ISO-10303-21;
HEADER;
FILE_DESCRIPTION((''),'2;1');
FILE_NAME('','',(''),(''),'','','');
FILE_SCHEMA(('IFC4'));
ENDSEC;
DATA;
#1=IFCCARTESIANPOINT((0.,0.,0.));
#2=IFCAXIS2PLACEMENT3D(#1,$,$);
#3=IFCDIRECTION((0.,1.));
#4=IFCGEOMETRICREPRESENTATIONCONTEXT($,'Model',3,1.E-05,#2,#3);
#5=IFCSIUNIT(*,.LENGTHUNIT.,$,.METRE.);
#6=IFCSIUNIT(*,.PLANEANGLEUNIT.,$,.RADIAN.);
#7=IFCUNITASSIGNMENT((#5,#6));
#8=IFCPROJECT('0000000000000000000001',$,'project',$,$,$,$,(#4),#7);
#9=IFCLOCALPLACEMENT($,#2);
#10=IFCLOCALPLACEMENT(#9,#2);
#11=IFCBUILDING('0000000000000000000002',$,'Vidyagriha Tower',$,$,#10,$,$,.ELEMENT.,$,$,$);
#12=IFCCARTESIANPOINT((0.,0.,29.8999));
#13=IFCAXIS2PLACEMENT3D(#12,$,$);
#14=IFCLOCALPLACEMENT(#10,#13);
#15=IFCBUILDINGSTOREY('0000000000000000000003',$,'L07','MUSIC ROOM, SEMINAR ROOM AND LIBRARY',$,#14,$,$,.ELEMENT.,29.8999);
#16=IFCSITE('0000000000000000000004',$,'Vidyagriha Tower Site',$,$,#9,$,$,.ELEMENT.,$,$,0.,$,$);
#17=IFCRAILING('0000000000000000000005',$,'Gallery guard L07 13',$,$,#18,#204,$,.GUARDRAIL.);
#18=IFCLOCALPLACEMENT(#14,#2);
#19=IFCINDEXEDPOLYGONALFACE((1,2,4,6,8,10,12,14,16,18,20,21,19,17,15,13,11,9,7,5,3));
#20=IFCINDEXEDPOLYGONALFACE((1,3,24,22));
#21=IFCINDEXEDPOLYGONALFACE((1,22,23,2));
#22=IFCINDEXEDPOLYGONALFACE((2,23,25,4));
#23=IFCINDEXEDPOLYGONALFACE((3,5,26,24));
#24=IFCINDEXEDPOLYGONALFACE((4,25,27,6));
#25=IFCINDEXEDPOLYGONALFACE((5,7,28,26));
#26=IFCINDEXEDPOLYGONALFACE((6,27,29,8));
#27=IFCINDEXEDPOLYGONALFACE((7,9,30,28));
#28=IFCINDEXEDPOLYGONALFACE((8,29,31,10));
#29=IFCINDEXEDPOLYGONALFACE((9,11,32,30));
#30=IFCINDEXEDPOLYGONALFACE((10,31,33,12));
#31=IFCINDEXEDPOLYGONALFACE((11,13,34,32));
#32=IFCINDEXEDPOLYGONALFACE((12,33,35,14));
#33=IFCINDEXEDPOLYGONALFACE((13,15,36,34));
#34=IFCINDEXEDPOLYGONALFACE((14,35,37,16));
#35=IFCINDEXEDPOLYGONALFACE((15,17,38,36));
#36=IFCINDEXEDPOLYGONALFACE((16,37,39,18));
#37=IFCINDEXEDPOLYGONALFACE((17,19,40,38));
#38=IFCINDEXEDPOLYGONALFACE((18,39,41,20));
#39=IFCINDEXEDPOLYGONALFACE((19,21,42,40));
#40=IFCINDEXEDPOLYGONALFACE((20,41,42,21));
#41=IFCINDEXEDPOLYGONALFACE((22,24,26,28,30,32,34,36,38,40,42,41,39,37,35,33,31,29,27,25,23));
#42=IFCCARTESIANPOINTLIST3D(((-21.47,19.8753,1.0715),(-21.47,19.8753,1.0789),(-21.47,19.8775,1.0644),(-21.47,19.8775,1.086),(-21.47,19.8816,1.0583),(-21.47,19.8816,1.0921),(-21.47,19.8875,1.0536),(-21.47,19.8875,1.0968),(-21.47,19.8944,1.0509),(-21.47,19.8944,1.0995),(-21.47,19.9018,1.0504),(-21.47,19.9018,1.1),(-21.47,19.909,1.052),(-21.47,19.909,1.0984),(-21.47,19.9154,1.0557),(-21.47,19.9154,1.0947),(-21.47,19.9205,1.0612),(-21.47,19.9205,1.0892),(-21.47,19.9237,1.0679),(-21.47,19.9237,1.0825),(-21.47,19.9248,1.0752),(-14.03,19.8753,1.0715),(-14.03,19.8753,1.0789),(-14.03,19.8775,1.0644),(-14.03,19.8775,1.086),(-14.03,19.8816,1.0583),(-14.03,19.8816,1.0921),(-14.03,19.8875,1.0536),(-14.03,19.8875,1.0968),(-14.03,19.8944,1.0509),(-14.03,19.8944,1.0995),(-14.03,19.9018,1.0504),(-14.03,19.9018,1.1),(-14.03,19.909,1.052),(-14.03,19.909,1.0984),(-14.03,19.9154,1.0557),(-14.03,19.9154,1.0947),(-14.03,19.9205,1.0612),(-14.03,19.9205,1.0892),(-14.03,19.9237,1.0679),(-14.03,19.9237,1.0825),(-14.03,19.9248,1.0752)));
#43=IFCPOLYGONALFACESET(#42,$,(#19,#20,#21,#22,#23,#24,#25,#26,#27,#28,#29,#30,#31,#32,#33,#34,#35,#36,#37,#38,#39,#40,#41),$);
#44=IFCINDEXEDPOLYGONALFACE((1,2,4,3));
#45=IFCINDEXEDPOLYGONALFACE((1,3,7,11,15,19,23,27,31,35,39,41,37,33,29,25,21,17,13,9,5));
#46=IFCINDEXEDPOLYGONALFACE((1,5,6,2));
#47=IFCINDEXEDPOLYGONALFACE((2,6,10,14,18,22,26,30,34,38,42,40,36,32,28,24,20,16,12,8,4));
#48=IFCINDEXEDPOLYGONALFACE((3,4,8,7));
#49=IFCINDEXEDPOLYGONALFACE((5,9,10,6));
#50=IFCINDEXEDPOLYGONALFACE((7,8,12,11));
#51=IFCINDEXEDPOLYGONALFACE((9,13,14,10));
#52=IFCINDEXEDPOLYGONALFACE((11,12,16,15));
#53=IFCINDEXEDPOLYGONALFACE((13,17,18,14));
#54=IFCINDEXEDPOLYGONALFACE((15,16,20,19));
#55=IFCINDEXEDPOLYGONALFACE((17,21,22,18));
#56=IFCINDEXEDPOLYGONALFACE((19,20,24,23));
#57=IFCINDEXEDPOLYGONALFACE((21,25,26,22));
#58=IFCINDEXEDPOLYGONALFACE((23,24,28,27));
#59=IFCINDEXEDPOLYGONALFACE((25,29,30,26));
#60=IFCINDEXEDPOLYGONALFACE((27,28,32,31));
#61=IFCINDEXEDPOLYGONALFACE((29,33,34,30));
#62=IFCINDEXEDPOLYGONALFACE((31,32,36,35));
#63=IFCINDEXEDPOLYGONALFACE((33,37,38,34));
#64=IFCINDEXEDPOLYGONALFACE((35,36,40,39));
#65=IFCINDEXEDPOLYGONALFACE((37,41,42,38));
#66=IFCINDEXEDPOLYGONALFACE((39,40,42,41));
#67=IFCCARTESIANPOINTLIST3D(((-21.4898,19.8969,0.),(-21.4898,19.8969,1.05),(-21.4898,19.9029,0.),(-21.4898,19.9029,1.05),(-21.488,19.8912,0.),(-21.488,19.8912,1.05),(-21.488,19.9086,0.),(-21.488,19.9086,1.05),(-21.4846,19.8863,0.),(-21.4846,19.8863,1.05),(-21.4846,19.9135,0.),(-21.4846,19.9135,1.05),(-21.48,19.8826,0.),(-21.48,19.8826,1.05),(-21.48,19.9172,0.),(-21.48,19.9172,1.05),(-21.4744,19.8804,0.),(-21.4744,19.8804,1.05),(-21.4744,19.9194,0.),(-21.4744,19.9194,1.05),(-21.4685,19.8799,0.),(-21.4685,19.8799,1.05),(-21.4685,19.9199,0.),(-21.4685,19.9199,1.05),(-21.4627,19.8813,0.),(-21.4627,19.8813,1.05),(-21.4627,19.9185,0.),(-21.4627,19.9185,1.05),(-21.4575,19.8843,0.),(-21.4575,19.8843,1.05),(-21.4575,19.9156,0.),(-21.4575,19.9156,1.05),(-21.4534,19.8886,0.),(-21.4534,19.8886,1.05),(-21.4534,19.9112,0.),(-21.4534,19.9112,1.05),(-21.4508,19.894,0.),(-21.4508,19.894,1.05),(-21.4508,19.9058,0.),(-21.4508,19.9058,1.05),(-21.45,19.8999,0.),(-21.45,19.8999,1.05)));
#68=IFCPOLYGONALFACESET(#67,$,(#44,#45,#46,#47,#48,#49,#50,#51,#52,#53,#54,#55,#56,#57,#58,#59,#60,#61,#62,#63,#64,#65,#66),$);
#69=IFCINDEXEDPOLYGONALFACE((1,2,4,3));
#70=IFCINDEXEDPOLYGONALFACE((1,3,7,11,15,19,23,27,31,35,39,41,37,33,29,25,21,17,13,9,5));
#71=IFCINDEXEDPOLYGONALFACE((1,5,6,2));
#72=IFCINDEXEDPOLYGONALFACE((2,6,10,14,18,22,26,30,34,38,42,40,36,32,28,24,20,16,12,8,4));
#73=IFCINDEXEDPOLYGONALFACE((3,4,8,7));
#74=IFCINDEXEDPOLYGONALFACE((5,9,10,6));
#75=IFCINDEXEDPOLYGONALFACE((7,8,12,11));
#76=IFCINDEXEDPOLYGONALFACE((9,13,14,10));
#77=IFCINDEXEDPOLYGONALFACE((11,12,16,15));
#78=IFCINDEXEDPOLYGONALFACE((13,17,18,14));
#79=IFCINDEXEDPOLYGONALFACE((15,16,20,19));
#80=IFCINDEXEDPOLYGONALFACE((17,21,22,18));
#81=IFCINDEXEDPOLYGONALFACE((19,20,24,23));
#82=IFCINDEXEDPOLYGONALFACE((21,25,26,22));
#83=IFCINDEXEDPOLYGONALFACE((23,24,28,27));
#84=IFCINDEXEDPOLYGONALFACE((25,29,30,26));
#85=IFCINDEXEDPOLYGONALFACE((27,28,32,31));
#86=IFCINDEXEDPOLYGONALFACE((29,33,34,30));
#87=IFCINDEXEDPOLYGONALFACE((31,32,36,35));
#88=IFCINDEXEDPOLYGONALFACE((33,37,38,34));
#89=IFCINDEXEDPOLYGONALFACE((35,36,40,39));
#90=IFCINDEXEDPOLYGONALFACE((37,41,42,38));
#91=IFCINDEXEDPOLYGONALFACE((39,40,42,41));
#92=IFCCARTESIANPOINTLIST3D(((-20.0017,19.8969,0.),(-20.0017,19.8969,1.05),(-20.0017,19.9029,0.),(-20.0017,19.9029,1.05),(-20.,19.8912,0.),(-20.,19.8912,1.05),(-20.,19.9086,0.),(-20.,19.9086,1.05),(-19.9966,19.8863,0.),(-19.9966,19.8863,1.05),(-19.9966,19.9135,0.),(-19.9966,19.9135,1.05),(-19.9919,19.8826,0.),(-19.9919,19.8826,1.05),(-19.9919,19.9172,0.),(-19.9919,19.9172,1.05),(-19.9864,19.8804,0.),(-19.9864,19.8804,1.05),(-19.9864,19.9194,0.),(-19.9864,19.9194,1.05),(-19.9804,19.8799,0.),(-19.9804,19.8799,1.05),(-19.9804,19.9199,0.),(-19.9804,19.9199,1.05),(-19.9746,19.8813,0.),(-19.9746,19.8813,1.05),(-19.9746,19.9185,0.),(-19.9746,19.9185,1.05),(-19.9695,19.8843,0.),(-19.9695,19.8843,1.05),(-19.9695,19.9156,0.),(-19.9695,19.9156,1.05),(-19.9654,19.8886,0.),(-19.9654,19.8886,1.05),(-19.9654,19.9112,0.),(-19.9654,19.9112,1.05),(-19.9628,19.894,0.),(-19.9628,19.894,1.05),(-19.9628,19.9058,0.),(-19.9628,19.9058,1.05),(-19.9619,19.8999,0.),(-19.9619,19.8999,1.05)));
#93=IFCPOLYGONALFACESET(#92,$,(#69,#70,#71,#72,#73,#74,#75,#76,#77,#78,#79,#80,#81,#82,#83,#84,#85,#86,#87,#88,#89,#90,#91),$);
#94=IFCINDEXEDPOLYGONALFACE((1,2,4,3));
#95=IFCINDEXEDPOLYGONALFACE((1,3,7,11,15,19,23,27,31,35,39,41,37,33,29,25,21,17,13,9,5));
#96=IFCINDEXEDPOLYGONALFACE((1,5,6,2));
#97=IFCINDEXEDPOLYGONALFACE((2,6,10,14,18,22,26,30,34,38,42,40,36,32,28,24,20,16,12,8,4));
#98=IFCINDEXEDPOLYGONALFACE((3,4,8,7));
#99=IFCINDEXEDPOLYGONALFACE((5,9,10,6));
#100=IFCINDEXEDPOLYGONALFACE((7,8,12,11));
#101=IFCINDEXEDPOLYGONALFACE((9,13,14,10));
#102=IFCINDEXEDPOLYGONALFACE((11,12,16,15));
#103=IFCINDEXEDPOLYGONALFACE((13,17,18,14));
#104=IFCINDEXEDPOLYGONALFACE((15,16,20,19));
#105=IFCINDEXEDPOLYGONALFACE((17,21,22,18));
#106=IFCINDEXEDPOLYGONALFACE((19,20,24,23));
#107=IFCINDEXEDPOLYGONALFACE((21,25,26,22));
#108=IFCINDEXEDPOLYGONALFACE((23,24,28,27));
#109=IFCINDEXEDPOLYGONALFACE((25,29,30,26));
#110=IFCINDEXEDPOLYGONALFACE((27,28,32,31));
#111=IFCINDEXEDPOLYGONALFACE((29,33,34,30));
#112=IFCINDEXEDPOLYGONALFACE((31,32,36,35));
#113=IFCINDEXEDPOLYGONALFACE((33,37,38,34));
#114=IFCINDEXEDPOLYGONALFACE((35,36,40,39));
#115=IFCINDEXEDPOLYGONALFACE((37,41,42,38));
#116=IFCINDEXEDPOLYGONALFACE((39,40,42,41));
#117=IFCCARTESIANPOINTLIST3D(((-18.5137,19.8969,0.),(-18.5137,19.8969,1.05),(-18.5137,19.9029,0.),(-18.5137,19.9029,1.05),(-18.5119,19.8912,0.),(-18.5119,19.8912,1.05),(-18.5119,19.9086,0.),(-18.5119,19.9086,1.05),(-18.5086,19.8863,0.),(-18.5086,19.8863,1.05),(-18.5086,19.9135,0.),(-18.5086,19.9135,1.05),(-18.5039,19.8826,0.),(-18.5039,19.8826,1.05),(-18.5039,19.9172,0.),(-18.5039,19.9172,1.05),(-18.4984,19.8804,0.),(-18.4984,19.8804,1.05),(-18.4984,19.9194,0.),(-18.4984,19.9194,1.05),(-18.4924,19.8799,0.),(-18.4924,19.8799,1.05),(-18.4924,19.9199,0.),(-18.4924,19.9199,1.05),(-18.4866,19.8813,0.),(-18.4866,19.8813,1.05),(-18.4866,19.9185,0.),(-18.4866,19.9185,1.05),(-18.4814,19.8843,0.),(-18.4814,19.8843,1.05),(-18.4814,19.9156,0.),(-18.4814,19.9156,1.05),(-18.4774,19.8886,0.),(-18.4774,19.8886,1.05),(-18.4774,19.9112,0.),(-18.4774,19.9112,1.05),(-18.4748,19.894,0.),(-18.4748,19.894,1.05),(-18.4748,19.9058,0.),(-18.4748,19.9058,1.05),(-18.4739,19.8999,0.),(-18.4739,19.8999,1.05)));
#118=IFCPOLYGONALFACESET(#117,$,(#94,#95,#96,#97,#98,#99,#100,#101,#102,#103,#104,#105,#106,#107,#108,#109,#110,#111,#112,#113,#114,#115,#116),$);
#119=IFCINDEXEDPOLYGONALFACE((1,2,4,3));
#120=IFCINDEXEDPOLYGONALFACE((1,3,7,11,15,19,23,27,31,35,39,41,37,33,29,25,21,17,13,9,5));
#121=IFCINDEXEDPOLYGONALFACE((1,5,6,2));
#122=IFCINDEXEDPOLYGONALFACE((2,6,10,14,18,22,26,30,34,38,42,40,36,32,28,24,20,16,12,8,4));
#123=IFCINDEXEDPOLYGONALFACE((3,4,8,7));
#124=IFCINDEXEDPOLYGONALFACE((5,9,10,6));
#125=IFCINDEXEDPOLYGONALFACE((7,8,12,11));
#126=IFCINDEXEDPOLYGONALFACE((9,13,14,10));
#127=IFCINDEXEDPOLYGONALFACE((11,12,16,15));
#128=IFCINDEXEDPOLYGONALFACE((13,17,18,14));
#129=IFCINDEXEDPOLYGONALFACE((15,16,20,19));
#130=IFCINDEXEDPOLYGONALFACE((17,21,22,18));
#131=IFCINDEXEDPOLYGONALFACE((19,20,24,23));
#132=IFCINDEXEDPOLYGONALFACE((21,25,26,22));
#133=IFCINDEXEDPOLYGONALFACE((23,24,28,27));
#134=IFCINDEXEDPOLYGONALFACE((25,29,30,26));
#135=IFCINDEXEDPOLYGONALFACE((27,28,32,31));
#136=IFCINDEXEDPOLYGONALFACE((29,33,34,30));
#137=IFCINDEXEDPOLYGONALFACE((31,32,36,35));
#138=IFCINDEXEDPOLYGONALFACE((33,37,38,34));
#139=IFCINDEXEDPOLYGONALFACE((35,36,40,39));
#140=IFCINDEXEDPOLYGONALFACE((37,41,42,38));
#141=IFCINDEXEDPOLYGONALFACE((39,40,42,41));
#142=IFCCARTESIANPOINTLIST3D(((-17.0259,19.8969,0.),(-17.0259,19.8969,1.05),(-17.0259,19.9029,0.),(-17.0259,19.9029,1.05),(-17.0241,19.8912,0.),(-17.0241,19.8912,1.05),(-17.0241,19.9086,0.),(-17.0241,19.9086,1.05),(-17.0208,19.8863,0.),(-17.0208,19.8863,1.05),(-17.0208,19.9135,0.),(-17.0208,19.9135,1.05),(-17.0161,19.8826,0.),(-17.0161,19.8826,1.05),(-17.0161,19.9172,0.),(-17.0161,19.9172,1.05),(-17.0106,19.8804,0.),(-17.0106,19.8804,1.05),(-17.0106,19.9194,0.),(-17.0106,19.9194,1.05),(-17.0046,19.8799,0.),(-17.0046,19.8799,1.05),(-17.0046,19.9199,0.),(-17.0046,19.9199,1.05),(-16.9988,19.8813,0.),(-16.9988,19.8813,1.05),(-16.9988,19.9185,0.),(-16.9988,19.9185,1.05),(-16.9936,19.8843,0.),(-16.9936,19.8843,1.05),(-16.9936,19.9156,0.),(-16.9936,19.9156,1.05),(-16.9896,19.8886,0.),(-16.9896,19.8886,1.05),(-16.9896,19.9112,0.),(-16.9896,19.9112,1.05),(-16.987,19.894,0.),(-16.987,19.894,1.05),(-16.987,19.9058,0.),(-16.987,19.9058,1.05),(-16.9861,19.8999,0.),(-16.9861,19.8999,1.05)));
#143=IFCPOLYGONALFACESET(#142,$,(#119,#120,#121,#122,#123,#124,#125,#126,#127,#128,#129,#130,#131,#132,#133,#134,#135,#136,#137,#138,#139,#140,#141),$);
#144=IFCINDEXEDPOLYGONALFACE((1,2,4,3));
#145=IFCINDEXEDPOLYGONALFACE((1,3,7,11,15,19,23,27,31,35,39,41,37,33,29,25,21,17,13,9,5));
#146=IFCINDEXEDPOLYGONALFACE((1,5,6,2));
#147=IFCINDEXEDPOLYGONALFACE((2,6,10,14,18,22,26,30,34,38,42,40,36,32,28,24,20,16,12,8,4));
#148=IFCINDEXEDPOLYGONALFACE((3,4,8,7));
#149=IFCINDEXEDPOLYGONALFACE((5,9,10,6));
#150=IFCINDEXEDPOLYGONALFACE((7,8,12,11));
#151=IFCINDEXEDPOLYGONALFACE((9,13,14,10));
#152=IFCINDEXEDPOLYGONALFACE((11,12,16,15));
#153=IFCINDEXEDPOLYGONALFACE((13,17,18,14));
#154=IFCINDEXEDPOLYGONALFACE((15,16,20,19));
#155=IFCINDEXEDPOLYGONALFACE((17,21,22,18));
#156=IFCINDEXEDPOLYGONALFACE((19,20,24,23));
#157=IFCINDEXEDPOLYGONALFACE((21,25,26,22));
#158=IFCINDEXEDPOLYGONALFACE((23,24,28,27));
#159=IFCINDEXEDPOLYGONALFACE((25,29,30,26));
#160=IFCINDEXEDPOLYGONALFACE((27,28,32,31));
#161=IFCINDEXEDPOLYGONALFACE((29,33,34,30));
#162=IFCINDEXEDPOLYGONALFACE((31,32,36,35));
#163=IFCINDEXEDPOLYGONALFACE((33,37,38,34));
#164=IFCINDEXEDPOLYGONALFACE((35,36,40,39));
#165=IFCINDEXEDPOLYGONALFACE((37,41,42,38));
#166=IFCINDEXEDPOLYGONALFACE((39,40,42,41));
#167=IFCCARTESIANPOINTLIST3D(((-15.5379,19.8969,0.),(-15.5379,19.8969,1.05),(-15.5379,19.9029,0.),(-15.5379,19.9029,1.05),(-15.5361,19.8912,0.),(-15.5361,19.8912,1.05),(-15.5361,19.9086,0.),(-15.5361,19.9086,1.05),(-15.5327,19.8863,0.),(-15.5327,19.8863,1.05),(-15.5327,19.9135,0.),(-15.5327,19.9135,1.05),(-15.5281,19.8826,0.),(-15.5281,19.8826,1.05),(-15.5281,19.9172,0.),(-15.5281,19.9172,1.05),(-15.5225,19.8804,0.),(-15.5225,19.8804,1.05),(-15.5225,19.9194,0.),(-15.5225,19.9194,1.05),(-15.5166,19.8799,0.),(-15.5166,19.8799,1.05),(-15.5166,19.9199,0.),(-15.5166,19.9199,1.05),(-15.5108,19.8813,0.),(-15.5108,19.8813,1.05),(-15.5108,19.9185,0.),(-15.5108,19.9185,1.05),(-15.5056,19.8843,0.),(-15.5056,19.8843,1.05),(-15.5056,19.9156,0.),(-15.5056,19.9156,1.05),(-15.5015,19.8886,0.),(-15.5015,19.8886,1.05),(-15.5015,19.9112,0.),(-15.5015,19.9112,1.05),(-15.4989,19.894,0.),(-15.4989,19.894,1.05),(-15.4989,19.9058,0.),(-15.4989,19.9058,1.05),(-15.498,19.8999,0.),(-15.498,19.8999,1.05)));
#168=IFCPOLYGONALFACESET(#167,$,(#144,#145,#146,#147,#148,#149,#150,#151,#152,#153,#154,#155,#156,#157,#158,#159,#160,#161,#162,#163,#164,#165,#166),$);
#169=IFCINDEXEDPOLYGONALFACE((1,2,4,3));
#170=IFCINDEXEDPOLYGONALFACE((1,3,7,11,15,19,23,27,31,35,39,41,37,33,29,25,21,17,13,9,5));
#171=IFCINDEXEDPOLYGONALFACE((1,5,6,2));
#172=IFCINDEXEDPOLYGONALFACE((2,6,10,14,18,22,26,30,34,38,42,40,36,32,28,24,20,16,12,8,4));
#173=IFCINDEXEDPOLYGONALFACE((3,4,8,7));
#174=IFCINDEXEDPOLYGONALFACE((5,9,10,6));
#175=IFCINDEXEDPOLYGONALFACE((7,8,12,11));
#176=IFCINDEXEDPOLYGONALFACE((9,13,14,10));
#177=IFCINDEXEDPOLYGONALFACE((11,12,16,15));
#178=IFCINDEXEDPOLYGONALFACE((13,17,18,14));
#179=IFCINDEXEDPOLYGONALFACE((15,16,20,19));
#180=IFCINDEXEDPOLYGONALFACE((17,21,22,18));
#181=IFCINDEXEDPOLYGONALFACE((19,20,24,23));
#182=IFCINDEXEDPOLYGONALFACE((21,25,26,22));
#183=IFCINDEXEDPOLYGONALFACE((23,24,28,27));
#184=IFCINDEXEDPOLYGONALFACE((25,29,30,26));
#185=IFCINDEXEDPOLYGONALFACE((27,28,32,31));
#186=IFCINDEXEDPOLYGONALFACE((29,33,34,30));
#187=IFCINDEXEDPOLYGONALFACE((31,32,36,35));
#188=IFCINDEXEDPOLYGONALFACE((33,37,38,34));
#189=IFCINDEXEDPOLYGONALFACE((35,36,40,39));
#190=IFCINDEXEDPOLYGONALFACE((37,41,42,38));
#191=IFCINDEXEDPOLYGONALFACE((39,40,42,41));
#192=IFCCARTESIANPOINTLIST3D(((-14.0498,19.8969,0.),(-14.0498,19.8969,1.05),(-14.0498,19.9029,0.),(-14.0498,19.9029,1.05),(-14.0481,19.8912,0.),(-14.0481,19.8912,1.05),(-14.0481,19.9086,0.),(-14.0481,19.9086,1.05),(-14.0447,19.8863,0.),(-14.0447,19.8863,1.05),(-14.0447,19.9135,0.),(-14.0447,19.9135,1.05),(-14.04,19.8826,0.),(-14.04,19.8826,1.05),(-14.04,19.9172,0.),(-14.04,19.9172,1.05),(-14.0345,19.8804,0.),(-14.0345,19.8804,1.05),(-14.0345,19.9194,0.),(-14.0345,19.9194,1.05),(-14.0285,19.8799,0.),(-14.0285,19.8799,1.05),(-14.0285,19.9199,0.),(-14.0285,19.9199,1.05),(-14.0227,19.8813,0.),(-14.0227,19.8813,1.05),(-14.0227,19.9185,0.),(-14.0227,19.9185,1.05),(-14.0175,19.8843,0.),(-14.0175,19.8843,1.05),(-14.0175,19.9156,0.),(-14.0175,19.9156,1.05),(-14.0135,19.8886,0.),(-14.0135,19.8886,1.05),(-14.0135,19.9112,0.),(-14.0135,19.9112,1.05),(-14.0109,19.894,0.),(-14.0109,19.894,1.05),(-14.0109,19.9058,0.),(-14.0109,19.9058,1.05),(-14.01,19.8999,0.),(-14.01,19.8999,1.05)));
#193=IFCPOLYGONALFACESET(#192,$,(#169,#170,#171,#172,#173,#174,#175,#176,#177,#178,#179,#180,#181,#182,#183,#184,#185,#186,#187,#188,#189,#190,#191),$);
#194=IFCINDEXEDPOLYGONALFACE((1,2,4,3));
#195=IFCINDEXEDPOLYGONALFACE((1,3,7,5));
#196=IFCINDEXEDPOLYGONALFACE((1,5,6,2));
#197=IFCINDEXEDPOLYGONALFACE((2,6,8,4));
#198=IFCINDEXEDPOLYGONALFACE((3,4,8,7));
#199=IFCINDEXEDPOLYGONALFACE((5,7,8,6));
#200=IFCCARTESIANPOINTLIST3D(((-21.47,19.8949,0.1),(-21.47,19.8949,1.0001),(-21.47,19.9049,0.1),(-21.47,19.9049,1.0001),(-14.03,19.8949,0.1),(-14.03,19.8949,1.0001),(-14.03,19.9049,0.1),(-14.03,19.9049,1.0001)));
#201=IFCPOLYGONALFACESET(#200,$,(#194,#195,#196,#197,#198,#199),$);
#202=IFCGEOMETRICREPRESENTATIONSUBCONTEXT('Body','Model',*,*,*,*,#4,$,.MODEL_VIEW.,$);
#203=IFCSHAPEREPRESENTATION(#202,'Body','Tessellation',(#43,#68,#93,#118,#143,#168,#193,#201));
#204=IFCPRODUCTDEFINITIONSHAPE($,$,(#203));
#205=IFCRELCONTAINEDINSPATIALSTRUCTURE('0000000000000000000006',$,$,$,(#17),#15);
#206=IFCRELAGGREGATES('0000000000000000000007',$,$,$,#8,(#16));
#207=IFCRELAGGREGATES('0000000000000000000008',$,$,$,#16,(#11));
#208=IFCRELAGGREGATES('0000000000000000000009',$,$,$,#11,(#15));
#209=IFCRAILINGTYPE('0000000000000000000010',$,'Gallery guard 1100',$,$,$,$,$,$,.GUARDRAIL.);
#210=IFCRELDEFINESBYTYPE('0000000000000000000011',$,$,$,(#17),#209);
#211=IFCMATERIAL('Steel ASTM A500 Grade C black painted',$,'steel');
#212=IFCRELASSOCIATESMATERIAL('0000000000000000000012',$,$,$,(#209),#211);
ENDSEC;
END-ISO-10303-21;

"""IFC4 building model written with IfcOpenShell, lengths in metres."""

from ifc_helpers import new_model, si_unit, direction, frame, origin, origin_2d, place, context, subcontext, project, spatial, rectangle, circle, extrude, material, type_object, element, save


model = new_model("IFC4")

# Units and contexts
model_context = context("Model", 3, precision=1e-05, world=origin(), true_north=direction((0.0, 1.0)))
body_context = subcontext(model_context, "Body", "Model", "MODEL_VIEW")
ifc_project = project(units=[si_unit("LENGTHUNIT", "METRE"), si_unit("PLANEANGLEUNIT", "RADIAN")], contexts=[model_context])

# Site, building, storey
site_placement = place(None, origin())
site = spatial("IfcSite", under=ifc_project, at=site_placement, Name="Vidyagriha Tower Site", CompositionType="ELEMENT", RefElevation=0.0)
building_placement = place(site_placement, origin())
building = spatial("IfcBuilding", under=site, at=building_placement, Name="Vidyagriha Tower", CompositionType="ELEMENT")
storey_placement = place(building_placement, frame((0.0, 0.0, 29.8999)))
storey = spatial("IfcBuildingStorey", under=building, at=storey_placement, Name="L07", Description="MUSIC ROOM, SEMINAR ROOM AND LIBRARY", CompositionType="ELEMENT", Elevation=29.8999)

# Railing
ifc_material_1 = material(Name="Steel ASTM A500 Grade C black painted", Category="steel")
railing_type = type_object("IfcRailingType", Name="Gallery guard 1100", PredefinedType="GUARDRAIL", material=ifc_material_1)
railing_placement = place(storey_placement, frame((-21.47, 19.8999, 0.0)))
element("IfcRailing", 1, at=railing_placement, inside=storey, type_object=railing_type, Name="Gallery guard L07 13", PredefinedType="GUARDRAIL", context=body_context, shape_type="SweptSolid", body=[
    extrude(circle(Radius=0.0249, at=origin_2d()), frame((0.0, 0.0, 1.0752), z_axis=(1.0, 0.0, 0.0), x_axis=(0.0, 1.0, 0.0)), (0.0, 0.0, 1.0), 7.4399),
    extrude(circle(Radius=0.02, at=origin_2d()), origin(), (0.0, 0.0, 1.0), 1.05),
    extrude(circle(Radius=0.02, at=origin_2d()), frame((1.488, 0.0, 0.0)), (0.0, 0.0, 1.0), 1.05),
    extrude(circle(Radius=0.02, at=origin_2d()), frame((2.9761, 0.0, 0.0)), (0.0, 0.0, 1.0), 1.05),
    extrude(circle(Radius=0.02, at=origin_2d()), frame((4.4639, 0.0, 0.0)), (0.0, 0.0, 1.0), 1.05),
    extrude(circle(Radius=0.02, at=origin_2d()), frame((5.9519, 0.0, 0.0)), (0.0, 0.0, 1.0), 1.05),
    extrude(circle(Radius=0.02, at=origin_2d()), frame((7.4399, 0.0, 0.0)), (0.0, 0.0, 1.0), 1.05),
    extrude(rectangle(XDim=0.01, YDim=0.9001, at=origin_2d()), frame((0.0, 0.0, 0.55), z_axis=(1.0, 0.0, 0.0), x_axis=(0.0, 1.0, 0.0)), (0.0, 0.0, 1.0), 7.4399),
])

save(model, "model.ifc")
